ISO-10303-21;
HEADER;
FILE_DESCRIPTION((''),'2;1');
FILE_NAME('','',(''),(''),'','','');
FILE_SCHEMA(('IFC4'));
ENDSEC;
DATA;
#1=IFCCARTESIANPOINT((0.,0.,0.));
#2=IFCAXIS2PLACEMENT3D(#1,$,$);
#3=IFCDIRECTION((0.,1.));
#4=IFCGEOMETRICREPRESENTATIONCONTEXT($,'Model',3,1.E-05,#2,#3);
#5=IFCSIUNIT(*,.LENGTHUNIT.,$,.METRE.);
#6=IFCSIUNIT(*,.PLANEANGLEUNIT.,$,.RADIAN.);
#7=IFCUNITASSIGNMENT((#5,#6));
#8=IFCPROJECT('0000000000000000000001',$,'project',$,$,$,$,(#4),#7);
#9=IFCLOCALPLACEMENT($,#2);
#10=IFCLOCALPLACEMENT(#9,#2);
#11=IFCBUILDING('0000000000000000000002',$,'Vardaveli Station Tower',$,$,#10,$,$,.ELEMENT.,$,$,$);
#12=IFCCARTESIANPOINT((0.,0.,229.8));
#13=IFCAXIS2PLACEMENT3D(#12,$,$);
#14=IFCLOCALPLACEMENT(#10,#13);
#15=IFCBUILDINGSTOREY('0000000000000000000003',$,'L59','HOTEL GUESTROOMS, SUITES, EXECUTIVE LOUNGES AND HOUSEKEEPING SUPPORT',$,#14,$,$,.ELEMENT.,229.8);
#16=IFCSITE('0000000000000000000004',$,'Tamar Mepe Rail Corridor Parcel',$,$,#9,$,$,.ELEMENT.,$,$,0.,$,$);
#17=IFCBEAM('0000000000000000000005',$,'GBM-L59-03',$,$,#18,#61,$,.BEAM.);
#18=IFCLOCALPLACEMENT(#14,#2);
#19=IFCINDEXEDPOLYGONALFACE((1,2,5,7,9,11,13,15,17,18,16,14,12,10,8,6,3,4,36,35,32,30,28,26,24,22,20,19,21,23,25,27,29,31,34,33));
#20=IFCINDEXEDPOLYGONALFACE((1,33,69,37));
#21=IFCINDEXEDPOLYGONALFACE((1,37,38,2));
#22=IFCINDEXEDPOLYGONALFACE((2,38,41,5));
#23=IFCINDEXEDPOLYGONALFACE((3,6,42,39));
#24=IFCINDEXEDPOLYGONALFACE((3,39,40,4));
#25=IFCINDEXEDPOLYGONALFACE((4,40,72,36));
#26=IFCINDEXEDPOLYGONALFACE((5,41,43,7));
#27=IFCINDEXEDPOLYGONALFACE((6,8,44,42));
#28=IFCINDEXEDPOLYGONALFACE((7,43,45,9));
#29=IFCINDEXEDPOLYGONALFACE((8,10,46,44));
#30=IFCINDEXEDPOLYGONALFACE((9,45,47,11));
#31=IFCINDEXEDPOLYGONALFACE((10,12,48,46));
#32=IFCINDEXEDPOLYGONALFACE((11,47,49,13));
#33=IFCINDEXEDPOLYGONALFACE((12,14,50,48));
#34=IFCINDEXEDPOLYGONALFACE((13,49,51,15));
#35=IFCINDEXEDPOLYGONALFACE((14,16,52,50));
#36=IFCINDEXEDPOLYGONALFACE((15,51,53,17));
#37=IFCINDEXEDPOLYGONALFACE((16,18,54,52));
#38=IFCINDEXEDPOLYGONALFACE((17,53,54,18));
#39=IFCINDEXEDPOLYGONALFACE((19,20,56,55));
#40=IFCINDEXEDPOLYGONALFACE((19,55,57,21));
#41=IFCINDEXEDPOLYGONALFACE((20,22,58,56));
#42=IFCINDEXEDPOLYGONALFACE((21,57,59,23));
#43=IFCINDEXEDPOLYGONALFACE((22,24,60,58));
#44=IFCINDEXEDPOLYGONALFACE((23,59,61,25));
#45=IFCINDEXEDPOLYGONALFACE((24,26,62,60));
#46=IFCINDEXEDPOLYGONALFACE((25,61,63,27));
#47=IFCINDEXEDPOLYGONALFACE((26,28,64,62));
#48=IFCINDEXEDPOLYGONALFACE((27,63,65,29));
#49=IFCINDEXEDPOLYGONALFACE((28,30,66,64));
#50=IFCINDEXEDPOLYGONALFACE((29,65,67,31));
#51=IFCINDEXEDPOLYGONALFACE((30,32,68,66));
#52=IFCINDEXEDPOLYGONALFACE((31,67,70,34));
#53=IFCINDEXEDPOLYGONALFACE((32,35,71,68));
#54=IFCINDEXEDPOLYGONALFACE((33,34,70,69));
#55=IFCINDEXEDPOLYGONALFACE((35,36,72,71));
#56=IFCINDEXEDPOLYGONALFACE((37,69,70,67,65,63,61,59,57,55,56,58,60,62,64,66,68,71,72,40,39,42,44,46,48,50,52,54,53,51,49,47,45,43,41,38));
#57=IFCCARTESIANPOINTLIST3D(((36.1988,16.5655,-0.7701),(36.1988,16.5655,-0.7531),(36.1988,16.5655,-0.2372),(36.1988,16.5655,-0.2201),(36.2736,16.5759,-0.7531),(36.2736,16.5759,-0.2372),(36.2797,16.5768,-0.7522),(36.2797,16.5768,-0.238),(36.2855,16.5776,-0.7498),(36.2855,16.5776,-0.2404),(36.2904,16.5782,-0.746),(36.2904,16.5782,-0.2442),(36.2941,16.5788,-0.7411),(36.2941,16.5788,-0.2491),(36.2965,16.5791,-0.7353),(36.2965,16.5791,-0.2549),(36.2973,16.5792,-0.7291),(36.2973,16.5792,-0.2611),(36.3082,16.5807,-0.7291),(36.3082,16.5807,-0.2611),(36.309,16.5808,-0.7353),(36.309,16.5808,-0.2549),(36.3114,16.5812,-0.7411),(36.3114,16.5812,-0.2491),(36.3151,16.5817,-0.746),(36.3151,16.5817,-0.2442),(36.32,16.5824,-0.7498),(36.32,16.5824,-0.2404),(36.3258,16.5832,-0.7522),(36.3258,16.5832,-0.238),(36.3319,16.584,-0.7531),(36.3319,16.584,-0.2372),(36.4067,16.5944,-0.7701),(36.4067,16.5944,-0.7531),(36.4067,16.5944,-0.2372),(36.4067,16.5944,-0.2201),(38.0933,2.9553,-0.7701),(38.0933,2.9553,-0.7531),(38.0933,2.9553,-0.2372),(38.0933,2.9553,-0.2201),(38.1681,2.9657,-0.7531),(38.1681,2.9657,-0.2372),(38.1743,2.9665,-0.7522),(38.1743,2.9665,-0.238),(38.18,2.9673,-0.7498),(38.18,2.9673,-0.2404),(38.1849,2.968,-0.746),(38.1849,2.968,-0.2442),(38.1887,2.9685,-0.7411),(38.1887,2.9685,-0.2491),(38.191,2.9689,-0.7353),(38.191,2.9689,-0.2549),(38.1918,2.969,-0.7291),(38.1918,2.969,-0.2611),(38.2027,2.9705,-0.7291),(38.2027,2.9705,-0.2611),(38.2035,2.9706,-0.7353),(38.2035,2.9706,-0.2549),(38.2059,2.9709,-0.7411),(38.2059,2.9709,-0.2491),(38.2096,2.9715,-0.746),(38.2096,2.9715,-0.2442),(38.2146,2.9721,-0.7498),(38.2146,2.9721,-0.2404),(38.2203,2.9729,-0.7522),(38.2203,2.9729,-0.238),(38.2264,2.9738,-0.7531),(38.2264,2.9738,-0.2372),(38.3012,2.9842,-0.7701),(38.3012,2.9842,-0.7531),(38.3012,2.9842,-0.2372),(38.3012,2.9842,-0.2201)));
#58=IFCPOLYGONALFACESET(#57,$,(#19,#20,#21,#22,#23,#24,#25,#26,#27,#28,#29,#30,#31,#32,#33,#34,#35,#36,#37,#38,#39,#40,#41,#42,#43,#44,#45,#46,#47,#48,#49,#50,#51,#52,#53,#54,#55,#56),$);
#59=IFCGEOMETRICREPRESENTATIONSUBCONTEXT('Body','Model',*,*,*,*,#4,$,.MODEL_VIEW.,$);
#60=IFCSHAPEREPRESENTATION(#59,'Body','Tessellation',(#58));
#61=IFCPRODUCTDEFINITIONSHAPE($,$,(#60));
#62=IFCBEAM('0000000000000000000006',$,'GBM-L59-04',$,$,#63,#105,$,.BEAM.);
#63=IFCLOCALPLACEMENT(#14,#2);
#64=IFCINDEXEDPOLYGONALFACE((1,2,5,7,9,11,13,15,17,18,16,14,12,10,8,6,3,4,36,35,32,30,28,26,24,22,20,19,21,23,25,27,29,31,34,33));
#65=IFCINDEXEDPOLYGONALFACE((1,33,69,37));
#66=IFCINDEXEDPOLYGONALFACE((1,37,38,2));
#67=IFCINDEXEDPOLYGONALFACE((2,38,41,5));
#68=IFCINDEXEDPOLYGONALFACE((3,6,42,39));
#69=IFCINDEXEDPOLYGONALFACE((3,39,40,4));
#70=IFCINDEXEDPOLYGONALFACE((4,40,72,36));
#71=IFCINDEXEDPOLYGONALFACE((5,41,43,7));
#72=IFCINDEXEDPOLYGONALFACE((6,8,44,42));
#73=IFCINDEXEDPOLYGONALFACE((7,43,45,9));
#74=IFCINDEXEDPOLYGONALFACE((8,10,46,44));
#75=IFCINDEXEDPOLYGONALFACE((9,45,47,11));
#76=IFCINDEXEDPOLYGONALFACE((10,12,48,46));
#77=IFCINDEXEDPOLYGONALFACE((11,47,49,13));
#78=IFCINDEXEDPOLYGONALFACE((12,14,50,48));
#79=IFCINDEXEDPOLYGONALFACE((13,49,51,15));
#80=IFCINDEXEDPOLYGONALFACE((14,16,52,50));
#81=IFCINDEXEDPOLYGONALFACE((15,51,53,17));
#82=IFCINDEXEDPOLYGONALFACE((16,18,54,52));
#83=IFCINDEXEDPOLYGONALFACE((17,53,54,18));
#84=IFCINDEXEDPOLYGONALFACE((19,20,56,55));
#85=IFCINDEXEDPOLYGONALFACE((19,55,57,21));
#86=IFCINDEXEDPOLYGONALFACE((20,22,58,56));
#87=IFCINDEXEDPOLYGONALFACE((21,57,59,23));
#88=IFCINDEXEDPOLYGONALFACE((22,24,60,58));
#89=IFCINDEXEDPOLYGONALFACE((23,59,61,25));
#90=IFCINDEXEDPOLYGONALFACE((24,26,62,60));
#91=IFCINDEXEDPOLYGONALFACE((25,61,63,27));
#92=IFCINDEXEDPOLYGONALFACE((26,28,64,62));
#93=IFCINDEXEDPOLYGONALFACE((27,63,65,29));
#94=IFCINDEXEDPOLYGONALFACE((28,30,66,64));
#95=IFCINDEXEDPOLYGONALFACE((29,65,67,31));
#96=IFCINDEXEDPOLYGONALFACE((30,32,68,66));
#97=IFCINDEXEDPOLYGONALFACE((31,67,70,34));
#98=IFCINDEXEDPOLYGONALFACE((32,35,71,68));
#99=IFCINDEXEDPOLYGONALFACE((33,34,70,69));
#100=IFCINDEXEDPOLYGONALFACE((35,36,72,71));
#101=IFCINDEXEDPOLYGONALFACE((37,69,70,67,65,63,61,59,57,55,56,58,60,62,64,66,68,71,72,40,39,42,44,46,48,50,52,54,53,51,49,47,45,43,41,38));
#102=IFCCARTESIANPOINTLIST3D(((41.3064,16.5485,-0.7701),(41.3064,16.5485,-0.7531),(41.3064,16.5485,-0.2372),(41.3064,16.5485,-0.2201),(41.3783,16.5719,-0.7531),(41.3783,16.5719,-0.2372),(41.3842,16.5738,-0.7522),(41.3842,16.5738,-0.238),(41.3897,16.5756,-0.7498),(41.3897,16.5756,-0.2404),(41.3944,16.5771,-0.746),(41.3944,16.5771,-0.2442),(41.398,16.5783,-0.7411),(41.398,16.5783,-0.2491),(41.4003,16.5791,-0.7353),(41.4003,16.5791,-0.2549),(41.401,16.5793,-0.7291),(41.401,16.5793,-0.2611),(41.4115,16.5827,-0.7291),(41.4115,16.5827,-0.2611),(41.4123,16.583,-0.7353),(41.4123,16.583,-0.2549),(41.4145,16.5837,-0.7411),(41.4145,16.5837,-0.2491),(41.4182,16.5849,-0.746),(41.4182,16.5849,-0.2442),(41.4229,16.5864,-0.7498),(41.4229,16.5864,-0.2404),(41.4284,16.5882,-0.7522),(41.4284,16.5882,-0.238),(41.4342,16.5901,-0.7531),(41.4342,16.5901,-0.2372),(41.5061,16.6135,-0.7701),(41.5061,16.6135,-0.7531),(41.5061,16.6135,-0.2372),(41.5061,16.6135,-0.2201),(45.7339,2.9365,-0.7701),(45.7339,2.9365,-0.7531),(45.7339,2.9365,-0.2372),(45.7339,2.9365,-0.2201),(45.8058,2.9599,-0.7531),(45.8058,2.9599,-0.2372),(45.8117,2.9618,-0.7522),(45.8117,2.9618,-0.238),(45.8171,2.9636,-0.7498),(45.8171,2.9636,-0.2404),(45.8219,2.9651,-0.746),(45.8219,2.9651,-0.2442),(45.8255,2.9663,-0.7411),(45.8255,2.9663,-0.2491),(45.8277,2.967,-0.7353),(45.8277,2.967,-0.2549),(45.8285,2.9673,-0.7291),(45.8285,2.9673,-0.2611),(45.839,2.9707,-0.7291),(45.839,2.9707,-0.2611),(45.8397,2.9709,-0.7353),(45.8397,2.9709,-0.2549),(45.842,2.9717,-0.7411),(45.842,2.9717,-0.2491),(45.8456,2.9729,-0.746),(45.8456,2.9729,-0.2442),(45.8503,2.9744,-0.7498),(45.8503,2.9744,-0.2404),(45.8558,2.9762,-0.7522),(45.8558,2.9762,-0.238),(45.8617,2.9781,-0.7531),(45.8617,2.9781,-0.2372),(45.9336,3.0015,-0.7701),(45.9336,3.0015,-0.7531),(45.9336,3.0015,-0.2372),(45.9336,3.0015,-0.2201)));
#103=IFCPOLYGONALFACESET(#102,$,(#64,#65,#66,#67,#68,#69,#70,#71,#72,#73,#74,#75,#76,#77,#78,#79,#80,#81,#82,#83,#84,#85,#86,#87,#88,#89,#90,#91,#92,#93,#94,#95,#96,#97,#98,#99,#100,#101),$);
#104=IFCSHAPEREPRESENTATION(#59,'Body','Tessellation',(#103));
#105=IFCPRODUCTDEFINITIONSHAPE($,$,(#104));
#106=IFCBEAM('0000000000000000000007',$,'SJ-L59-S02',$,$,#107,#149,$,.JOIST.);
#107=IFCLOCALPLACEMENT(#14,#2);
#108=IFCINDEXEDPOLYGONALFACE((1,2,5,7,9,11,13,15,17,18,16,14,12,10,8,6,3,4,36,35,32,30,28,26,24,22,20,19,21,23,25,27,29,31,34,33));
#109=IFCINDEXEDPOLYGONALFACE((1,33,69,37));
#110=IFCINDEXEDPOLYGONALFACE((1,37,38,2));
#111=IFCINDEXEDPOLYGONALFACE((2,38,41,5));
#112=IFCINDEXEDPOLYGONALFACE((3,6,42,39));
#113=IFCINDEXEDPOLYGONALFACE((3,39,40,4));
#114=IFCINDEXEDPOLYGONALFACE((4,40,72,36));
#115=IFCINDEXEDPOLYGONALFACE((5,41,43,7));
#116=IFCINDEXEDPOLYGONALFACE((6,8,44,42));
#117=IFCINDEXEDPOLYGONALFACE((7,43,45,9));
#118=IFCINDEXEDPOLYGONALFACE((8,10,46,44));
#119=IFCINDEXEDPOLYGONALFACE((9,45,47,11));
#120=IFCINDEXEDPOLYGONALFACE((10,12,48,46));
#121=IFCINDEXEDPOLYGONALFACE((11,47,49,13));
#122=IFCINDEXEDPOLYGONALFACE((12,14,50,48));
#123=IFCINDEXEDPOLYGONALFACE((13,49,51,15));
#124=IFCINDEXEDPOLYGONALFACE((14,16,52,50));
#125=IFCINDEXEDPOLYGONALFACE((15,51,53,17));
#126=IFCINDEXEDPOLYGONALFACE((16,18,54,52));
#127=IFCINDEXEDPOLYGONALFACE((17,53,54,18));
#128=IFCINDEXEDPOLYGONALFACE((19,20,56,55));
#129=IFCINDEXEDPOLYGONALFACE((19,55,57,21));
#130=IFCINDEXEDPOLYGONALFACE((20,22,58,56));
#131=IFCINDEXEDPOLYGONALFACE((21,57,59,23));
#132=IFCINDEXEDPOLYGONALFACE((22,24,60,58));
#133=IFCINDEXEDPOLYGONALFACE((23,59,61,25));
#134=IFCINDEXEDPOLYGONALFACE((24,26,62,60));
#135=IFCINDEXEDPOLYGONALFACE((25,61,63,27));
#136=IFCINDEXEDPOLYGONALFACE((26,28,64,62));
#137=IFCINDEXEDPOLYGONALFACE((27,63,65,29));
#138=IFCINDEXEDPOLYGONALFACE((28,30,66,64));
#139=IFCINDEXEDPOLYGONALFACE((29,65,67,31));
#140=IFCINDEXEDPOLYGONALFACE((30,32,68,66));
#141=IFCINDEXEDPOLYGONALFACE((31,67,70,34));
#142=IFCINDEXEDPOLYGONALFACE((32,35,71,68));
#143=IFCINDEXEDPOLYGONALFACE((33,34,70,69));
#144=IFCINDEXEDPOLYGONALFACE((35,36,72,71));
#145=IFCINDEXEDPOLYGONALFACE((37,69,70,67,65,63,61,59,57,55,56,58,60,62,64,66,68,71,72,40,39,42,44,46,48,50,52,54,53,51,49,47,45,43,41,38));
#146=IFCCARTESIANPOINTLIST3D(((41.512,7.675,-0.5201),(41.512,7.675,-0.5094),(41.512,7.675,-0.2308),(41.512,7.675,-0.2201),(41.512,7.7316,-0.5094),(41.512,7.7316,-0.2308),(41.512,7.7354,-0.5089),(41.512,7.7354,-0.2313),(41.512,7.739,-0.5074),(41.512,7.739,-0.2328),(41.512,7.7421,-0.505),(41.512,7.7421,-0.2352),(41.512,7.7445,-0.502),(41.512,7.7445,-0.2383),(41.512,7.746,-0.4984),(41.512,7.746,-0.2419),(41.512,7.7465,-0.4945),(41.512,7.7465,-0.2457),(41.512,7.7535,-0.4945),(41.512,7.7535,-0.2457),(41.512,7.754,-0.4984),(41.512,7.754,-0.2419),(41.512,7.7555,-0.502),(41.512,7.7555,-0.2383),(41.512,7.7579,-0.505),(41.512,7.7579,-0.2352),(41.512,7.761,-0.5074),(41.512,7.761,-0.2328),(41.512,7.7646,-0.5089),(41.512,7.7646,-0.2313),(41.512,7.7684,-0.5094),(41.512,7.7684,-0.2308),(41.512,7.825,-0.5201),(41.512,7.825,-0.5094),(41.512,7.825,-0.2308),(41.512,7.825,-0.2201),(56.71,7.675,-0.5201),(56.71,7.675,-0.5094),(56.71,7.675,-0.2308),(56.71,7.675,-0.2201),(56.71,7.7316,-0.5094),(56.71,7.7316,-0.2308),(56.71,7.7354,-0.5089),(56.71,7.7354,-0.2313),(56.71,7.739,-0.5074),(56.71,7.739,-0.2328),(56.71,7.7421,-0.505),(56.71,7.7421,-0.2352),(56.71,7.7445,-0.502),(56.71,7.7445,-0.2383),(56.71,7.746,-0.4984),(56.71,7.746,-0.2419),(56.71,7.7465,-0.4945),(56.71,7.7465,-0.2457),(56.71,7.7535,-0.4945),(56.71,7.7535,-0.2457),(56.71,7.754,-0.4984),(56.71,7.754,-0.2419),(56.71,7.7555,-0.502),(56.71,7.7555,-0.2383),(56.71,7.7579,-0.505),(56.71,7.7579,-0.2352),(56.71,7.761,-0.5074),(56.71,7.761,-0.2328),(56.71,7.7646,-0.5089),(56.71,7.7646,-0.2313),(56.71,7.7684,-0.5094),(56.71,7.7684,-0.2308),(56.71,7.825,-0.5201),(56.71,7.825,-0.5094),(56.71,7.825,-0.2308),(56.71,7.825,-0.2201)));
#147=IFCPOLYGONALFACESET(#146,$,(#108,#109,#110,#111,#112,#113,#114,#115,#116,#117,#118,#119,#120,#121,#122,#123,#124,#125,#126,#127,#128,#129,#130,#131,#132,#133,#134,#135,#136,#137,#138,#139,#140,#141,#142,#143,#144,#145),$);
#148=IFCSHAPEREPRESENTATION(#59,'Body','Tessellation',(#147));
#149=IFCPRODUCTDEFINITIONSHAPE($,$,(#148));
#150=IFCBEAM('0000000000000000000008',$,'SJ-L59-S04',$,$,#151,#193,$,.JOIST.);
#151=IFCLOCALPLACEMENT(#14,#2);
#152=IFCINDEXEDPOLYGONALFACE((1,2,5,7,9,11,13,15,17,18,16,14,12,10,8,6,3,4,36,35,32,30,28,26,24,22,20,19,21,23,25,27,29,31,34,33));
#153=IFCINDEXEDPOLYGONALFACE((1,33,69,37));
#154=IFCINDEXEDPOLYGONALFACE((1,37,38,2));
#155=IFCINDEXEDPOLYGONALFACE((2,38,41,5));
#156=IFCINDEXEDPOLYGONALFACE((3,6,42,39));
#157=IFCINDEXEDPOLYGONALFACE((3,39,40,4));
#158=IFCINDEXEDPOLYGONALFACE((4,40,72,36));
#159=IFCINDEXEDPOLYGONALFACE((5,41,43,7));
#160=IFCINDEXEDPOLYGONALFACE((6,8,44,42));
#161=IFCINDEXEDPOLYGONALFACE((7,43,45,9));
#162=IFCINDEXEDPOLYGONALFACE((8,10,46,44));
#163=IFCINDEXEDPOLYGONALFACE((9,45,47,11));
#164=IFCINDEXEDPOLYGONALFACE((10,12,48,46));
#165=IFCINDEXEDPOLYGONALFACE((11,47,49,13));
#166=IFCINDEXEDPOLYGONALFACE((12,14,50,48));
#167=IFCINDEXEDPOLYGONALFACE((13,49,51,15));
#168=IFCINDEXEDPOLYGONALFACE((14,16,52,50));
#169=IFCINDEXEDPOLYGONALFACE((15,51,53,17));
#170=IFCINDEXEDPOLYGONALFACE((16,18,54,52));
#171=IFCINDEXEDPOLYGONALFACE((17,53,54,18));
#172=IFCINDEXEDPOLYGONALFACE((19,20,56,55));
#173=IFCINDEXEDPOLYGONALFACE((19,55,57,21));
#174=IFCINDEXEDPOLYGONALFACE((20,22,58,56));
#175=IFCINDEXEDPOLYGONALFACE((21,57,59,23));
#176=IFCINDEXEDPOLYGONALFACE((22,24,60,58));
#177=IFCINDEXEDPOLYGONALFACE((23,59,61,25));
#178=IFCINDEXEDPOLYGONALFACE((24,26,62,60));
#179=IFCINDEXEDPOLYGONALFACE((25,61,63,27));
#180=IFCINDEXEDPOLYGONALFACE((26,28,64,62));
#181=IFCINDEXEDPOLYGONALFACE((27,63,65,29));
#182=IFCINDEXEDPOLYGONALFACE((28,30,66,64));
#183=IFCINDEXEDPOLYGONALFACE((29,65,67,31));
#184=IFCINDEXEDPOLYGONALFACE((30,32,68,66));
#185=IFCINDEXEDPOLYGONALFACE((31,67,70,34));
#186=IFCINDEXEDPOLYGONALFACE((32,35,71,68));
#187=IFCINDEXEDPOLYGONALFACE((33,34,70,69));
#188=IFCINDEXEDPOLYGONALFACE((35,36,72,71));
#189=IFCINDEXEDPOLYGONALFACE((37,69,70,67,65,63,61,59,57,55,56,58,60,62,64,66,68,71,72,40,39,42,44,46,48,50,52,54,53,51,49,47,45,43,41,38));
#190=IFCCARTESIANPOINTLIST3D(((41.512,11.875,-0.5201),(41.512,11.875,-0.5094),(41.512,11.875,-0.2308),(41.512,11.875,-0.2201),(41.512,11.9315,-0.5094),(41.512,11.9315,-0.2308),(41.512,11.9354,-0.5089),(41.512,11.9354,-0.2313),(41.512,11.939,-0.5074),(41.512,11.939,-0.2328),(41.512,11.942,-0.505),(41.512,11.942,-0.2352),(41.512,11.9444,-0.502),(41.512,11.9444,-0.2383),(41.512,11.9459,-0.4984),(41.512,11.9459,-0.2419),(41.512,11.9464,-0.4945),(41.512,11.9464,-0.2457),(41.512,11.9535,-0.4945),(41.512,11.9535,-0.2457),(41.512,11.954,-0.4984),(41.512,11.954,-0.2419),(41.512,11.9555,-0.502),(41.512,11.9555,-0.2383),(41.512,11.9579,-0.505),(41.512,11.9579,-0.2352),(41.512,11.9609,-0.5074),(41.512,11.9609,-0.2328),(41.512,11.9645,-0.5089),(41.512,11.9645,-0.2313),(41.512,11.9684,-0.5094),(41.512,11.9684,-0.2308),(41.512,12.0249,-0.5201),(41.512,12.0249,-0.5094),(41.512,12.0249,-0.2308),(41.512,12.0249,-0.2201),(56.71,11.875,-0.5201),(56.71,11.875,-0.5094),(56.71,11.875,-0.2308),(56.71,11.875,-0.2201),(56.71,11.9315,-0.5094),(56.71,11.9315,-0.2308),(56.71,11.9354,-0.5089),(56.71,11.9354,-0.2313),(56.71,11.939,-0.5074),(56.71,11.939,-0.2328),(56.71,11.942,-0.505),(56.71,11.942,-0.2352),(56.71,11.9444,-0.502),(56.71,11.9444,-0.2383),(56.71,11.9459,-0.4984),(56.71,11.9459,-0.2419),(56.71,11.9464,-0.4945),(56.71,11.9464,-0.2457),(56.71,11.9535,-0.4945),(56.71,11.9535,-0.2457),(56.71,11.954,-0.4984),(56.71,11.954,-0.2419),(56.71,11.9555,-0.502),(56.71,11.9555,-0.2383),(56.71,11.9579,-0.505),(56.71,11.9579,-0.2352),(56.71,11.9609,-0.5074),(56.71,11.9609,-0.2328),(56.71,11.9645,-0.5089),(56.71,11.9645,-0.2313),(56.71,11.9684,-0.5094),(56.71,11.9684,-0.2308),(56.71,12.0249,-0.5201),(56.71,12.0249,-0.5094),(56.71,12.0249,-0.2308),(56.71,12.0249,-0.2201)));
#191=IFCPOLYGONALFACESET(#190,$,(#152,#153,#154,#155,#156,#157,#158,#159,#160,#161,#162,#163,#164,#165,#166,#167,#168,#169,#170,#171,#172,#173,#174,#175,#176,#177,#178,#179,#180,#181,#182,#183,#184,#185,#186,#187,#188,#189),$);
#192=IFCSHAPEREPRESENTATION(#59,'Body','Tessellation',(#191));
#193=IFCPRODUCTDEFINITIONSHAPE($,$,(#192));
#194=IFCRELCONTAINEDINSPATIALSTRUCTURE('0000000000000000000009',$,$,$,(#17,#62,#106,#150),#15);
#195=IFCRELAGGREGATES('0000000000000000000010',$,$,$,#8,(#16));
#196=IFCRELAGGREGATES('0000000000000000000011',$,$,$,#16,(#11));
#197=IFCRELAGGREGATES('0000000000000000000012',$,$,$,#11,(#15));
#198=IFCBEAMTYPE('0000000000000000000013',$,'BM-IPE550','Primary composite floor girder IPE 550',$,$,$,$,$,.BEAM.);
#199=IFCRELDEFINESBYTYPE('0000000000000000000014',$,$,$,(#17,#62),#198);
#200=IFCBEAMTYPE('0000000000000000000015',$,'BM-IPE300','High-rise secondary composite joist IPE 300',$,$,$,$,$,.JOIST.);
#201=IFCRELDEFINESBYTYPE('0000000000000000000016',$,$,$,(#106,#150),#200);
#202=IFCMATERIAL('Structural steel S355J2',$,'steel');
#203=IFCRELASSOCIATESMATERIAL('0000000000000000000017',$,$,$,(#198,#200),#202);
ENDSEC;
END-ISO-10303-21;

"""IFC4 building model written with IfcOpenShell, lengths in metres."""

from ifc_helpers import new_model, si_unit, direction, frame, origin, origin_2d, place, context, subcontext, project, spatial, i_section, extrude, source, transform, mapped, material, material_profile, profile_set, type_object, element, save


model = new_model("IFC4")

# Units and contexts
model_context = context("Model", 3, precision=1e-05, world=origin(), true_north=direction((0.0, 1.0)))
body_context = subcontext(model_context, "Body", "Model", "MODEL_VIEW")
ifc_project = project(units=[si_unit("LENGTHUNIT", "METRE"), si_unit("PLANEANGLEUNIT", "RADIAN")], contexts=[model_context])

# Site, building, storey
site_placement = place(None, origin())
site = spatial("IfcSite", under=ifc_project, at=site_placement, Name="Tamar Mepe Rail Corridor Parcel", CompositionType="ELEMENT", RefElevation=0.0)
building_placement = place(site_placement, origin())
building = spatial("IfcBuilding", under=site, at=building_placement, Name="Vardaveli Station Tower", CompositionType="ELEMENT")
storey_placement = place(building_placement, frame((0.0, 0.0, 229.8)))
storey = spatial("IfcBuildingStorey", under=building, at=storey_placement, Name="L59", Description="HOTEL GUESTROOMS, SUITES, EXECUTIVE LOUNGES AND HOUSEKEEPING SUPPORT", CompositionType="ELEMENT", Elevation=229.8)

# Beams
ifc_material_1 = material(Name="Structural steel S355J2", Category="steel")
ifc_material_profile_1 = material_profile(ifc_material_1, i_section(OverallWidth=0.21, OverallDepth=0.55, WebThickness=0.011, FlangeThickness=0.0171, FilletRadius=0.0239, at=origin_2d()), Name="IPE 550")
ifc_profile_set_1 = profile_set([ifc_material_profile_1], Name="Structural steel S355J2")
beam_type_1 = type_object("IfcBeamType", Name="BM-IPE550", Description="Primary composite floor girder IPE 550", PredefinedType="BEAM", material=ifc_profile_set_1)
shared_shape_1 = source(origin(), body_context, "Body", "SweptSolid", [
    extrude(i_section(OverallWidth=0.21, OverallDepth=0.55, WebThickness=0.011, FlangeThickness=0.0171, FilletRadius=0.0239, at=origin_2d()), origin(), (0.0, 0.0, 1.0), 13.7415),
])
beam_1_placement = place(storey_placement, frame((38.1973, 2.9697, -0.4951), z_axis=(-0.137869, 0.990451, 0.0), x_axis=(-0.990451, -0.137869, 0.0)))
element("IfcBeam", 1, at=beam_1_placement, inside=storey, type_object=beam_type_1, Name="GBM-L59-03", PredefinedType="BEAM", context=body_context, shape_type="MappedRepresentation", body=[
    mapped(shared_shape_1, transform((0.0, 0.0, 0.0), scale=1.0)),
])
shared_shape_2 = source(origin(), body_context, "Body", "SweptSolid", [
    extrude(i_section(OverallWidth=0.21, OverallDepth=0.55, WebThickness=0.011, FlangeThickness=0.0171, FilletRadius=0.0239, at=origin_2d()), origin(), (0.0, 0.0, 1.0), 14.314),
])
beam_2_placement = place(storey_placement, frame((45.8337, 2.969, -0.4951), z_axis=(-0.309312, 0.950961, 0.0), x_axis=(-0.950961, -0.309312, 0.0)))
element("IfcBeam", 2, at=beam_2_placement, inside=storey, type_object=beam_type_1, Name="GBM-L59-04", PredefinedType="BEAM", context=body_context, shape_type="MappedRepresentation", body=[
    mapped(shared_shape_2, transform((0.0, 0.0, 0.0), scale=1.0)),
])
ifc_material_profile_2 = material_profile(ifc_material_1, i_section(OverallWidth=0.1499, OverallDepth=0.3, WebThickness=0.0071, FlangeThickness=0.0107, FilletRadius=0.0149, at=origin_2d()), Name="IPE 300")
ifc_profile_set_2 = profile_set([ifc_material_profile_2], Name="Structural steel S355J2")
beam_type_2 = type_object("IfcBeamType", Name="BM-IPE300", Description="High-rise secondary composite joist IPE 300", PredefinedType="JOIST", material=ifc_profile_set_2)
shared_shape_3 = source(origin(), body_context, "Body", "SweptSolid", [
    extrude(i_section(OverallWidth=0.1499, OverallDepth=0.3, WebThickness=0.0071, FlangeThickness=0.0107, FilletRadius=0.0149, at=origin_2d()), origin(), (0.0, 0.0, 1.0), 15.198),
])
for number, where, z_axis, x_axis, name in (
    (3, (41.512, 7.75, -0.3701), (1.0, 0.0, 0.0), (0.0, 1.0, 0.0), "SJ-L59-S02"),
    (4, (41.512, 11.95, -0.3701), (1.0, 0.0, 0.0), (0.0, 1.0, 0.0), "SJ-L59-S04"),
):
    element("IfcBeam", number, at=place(storey_placement, frame(where, z_axis=z_axis, x_axis=x_axis)), inside=storey, type_object=beam_type_2, Name=name, PredefinedType="JOIST", context=body_context, shape_type="MappedRepresentation", body=[
        mapped(shared_shape_3, transform((0.0, 0.0, 0.0), scale=1.0)),
    ])

save(model, "model.ifc")
